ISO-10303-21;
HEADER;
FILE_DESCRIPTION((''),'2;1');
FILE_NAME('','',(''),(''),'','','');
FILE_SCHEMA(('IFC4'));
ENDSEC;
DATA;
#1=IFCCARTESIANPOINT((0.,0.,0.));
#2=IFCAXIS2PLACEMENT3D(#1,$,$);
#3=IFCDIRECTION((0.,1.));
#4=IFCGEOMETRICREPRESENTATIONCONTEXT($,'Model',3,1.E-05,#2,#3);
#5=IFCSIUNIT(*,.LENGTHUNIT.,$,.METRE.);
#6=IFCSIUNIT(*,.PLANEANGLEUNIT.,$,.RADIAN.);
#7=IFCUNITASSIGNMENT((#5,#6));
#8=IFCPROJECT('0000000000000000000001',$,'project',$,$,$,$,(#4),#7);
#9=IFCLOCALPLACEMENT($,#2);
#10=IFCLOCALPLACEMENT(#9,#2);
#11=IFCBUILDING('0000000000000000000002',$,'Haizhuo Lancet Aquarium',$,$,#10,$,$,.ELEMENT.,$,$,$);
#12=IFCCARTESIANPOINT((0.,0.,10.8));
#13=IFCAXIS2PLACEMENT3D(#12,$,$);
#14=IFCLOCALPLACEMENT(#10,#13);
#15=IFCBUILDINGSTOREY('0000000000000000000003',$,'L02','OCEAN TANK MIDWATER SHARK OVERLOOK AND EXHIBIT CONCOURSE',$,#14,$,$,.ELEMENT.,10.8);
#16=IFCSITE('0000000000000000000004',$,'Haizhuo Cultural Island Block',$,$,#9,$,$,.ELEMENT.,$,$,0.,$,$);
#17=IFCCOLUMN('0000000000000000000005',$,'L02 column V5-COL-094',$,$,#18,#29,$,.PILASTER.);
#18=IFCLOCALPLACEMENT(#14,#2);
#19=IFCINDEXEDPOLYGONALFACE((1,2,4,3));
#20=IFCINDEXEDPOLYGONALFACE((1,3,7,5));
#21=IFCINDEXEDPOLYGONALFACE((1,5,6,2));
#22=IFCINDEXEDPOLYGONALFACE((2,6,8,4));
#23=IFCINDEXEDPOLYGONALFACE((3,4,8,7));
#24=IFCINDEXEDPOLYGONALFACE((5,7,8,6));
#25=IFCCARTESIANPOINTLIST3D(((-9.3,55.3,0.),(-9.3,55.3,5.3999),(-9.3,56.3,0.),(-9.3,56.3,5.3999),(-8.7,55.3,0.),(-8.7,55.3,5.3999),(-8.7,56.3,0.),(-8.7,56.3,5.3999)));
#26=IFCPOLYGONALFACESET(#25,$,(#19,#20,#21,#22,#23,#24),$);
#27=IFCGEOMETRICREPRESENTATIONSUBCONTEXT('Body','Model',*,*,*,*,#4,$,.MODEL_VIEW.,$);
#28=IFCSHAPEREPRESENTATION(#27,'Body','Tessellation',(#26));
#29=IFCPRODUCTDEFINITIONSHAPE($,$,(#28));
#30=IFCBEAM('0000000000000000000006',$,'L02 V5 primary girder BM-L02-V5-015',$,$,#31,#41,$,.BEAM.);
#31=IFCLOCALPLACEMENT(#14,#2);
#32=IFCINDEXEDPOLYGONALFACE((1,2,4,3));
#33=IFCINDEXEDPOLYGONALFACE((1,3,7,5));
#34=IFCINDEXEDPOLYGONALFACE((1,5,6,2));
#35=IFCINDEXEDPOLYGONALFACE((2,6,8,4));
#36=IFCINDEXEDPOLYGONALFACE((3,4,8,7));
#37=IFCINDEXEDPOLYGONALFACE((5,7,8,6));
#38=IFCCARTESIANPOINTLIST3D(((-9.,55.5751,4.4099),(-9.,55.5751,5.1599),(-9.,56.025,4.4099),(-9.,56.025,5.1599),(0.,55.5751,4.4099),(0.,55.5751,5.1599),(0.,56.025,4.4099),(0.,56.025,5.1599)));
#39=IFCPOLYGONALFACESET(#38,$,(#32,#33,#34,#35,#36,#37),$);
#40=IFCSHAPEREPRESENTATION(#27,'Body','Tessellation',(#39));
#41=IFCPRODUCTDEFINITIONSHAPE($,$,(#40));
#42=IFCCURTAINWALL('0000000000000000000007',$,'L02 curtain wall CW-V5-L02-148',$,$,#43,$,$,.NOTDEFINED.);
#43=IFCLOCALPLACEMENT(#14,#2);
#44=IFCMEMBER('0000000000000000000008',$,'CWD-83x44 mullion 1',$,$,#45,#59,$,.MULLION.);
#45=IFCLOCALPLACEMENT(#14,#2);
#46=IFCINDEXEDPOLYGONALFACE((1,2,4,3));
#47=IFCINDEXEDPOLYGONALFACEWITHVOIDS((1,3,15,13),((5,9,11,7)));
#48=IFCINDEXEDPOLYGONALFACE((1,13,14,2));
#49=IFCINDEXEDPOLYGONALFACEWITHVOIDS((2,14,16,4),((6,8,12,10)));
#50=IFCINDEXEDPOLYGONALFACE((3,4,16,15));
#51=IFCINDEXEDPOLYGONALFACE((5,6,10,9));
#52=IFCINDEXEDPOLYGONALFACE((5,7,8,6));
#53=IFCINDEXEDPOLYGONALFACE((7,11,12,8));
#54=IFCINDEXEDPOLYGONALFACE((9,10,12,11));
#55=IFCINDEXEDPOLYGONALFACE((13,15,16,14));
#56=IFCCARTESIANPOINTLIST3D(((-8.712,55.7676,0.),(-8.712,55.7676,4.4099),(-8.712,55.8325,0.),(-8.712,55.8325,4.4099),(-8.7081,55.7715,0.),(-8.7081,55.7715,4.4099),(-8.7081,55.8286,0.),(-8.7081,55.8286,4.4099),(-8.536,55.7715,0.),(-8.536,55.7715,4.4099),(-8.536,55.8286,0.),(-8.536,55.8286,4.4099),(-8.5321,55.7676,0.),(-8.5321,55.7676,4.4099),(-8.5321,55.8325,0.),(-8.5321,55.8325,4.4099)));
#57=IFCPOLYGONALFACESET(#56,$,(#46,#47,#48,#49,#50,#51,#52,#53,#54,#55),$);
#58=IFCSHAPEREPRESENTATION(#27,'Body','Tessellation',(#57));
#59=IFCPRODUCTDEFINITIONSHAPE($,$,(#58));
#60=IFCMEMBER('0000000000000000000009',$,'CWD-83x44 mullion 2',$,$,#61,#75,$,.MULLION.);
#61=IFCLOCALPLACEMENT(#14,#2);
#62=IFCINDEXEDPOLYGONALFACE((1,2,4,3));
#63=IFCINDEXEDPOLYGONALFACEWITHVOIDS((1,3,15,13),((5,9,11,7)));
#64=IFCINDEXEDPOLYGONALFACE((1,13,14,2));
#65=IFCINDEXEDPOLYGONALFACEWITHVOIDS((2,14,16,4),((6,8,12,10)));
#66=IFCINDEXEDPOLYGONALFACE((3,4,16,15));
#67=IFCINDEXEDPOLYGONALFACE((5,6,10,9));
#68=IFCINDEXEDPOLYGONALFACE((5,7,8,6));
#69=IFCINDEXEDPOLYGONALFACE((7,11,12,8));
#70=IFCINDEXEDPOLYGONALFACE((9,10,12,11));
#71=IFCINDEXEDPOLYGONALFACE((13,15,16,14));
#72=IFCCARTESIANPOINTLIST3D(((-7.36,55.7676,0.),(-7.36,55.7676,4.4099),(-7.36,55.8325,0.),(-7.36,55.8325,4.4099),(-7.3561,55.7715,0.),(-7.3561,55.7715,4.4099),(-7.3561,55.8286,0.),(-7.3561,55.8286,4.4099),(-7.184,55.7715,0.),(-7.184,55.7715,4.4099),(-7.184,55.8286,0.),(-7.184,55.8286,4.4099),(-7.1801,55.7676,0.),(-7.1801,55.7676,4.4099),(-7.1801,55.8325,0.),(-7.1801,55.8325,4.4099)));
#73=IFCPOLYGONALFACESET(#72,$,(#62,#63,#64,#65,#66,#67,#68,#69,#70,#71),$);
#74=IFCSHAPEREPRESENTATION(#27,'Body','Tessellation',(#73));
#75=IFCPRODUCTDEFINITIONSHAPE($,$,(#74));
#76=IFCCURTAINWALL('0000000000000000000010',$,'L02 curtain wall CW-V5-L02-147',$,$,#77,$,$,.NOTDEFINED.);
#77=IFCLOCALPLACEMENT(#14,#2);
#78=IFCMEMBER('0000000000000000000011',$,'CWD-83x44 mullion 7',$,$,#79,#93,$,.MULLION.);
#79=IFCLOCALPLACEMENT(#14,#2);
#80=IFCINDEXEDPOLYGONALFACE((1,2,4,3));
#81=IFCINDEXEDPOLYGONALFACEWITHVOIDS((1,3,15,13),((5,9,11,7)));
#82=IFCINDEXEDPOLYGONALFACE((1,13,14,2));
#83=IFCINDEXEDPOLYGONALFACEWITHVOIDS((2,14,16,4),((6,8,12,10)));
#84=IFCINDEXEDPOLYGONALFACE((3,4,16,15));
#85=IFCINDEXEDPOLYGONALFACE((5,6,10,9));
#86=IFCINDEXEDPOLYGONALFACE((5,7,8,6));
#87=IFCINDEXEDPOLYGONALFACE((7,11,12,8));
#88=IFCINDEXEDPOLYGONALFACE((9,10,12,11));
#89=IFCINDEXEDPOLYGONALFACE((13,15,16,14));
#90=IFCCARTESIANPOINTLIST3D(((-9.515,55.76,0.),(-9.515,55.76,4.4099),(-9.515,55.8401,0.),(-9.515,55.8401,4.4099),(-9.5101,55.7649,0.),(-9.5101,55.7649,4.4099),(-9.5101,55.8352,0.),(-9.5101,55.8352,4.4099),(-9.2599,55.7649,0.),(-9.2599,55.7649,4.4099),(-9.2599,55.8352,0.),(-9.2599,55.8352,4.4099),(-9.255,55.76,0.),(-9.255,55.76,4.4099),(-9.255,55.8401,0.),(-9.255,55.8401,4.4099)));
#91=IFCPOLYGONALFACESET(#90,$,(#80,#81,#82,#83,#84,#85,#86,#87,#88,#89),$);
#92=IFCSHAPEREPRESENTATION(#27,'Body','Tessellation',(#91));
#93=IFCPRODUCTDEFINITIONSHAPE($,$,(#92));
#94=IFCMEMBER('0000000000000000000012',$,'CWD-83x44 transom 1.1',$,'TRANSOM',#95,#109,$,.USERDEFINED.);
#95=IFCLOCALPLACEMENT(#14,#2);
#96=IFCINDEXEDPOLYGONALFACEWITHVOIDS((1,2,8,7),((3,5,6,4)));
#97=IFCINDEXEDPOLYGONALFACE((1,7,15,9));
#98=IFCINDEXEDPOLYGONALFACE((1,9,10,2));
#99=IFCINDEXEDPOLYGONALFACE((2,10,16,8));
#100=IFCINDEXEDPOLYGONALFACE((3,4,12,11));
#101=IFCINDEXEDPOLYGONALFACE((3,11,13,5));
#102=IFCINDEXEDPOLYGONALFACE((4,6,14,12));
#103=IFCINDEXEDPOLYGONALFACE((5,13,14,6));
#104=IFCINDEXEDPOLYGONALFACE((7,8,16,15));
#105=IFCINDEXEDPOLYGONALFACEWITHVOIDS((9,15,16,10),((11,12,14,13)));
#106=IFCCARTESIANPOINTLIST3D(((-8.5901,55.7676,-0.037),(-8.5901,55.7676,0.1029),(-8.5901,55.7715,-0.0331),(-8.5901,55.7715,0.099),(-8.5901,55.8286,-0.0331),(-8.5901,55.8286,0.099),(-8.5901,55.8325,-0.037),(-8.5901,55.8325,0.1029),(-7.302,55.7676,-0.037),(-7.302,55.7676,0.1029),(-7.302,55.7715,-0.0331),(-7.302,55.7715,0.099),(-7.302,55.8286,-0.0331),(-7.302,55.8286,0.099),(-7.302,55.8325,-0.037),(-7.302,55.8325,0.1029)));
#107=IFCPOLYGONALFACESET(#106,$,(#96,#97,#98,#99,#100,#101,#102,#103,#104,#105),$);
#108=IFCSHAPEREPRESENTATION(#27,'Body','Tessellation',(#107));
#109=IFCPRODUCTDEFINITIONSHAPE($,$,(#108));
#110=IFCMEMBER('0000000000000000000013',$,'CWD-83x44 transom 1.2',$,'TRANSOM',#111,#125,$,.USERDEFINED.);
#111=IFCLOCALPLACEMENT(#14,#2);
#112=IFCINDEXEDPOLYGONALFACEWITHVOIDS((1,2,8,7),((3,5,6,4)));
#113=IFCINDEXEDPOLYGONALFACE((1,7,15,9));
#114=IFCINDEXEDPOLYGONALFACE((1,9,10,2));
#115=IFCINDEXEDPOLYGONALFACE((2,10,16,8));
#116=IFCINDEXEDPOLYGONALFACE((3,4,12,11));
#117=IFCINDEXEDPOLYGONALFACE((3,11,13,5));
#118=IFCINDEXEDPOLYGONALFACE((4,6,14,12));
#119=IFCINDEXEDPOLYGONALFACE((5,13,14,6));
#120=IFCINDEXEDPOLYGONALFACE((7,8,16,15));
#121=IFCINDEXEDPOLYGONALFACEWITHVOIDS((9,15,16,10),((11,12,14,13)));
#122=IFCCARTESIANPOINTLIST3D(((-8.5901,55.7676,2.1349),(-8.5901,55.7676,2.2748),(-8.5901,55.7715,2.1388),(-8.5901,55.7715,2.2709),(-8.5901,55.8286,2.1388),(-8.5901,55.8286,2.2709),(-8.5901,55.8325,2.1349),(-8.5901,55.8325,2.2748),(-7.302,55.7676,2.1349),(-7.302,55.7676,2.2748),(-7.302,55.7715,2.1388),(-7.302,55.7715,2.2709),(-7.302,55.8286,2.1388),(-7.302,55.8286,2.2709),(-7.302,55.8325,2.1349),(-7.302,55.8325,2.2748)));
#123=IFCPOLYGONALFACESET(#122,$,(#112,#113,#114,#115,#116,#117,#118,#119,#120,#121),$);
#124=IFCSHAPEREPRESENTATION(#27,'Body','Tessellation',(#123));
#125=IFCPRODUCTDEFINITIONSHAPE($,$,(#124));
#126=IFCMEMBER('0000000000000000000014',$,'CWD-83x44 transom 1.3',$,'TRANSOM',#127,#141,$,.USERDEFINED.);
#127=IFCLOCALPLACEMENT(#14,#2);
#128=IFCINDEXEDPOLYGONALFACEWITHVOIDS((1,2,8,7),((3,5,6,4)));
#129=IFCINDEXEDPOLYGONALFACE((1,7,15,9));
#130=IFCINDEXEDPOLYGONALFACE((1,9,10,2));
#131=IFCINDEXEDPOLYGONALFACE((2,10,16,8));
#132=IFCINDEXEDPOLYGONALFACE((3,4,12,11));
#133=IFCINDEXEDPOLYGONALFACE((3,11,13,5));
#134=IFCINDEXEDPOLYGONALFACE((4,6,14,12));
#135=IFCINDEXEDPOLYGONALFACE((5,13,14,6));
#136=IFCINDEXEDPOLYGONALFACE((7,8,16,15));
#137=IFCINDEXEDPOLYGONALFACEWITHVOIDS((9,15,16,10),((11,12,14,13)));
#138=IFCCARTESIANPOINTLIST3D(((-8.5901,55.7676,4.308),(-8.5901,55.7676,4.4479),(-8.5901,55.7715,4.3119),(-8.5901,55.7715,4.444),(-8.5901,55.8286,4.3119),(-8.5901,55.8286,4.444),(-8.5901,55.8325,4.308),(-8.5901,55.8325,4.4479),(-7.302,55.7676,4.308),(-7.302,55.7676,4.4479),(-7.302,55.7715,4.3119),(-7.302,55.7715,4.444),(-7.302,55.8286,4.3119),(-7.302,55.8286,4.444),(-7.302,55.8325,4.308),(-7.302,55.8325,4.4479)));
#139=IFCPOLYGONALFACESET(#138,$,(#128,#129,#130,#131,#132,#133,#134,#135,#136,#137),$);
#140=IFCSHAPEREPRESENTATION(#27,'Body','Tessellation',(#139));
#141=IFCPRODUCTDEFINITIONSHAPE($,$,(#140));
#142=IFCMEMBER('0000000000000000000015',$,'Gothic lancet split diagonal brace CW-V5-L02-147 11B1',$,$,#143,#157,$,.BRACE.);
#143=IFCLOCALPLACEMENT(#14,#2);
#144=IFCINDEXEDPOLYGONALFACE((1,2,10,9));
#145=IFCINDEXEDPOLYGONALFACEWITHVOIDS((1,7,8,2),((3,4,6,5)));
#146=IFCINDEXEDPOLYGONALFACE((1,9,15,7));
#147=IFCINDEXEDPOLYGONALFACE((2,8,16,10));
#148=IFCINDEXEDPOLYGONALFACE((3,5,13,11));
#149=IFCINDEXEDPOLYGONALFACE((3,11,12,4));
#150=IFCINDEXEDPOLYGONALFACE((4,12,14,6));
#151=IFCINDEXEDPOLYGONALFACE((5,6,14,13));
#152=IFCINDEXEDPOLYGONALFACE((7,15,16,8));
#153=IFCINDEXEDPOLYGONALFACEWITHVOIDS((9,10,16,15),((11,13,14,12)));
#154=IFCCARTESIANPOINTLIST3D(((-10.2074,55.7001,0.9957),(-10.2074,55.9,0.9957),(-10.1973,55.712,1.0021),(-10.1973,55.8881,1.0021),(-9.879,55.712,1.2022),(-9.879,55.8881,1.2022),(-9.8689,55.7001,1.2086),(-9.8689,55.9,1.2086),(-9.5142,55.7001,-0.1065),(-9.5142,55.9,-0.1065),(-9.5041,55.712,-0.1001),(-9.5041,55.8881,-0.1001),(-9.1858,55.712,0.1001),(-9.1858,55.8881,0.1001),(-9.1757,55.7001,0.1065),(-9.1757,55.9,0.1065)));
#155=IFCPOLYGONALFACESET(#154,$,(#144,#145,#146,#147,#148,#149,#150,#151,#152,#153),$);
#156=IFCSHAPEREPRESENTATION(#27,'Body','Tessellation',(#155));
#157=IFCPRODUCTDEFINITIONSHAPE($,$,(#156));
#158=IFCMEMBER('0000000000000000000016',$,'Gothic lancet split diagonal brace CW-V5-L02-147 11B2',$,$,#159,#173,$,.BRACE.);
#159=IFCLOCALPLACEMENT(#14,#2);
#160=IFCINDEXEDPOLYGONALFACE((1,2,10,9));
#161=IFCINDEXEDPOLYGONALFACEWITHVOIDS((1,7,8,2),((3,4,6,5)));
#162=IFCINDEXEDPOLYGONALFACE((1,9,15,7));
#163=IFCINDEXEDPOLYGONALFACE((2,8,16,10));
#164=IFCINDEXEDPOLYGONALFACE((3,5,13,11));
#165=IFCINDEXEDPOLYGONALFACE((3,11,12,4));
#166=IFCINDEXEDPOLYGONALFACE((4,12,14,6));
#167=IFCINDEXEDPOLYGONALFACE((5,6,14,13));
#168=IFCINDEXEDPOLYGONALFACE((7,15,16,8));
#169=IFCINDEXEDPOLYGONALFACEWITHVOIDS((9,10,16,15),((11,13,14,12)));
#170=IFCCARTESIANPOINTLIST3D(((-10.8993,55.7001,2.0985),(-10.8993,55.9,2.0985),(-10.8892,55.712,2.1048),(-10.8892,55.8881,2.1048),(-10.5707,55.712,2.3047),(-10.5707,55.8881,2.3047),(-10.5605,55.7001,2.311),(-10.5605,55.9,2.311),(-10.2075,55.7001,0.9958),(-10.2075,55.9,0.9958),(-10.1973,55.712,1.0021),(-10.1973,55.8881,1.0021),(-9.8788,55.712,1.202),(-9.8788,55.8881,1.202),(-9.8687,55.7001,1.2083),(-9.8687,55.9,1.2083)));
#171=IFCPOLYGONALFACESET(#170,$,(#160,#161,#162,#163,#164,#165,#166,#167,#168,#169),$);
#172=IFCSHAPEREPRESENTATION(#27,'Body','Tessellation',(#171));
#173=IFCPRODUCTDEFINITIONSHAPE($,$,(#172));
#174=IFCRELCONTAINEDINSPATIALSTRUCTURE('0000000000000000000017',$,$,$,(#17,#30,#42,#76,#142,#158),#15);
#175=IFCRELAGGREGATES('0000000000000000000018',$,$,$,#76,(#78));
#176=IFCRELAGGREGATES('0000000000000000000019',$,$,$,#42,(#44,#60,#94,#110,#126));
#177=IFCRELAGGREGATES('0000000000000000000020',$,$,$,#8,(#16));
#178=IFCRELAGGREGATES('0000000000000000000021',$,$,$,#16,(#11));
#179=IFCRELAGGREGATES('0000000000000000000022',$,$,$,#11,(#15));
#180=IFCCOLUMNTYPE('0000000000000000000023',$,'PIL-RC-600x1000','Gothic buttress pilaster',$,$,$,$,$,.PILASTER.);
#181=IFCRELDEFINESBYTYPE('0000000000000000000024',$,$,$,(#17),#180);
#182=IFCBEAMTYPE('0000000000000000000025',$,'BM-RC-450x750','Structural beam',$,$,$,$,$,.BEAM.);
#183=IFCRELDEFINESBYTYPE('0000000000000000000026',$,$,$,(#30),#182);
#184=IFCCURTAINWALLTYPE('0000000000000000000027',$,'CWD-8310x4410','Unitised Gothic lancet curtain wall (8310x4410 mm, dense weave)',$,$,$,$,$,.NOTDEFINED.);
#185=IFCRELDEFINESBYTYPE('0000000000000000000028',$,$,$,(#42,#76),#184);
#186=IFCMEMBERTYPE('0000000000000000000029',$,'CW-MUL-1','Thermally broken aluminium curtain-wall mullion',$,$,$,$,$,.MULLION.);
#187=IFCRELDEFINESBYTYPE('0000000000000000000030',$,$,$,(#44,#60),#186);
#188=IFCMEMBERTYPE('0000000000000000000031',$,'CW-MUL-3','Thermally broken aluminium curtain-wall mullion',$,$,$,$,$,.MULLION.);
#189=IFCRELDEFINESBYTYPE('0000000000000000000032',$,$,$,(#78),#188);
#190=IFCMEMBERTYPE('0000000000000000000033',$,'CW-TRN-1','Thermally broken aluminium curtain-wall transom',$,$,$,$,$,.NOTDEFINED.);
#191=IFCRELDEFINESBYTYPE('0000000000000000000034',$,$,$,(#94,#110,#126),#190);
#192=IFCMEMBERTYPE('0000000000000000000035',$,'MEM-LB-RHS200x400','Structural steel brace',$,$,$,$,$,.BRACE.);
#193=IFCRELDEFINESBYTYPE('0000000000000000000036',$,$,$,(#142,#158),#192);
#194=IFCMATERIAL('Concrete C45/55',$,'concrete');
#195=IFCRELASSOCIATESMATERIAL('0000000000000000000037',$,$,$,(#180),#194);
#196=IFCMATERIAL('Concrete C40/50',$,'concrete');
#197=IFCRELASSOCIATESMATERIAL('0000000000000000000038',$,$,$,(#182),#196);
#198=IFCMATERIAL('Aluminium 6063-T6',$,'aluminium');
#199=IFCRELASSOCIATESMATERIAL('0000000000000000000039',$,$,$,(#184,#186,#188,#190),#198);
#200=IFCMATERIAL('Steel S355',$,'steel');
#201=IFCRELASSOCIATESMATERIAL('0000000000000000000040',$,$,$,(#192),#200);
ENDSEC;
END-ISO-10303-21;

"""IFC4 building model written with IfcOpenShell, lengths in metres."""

from ifc_helpers import new_model, si_unit, direction, frame, origin, origin_2d, place, context, subcontext, project, spatial, rectangle, hollow_rectangle, extrude, material, material_profile, profile_set, type_object, element, aggregate, save


model = new_model("IFC4")

# Units and contexts
model_context = context("Model", 3, precision=1e-05, world=origin(), true_north=direction((0.0, 1.0)))
body_context = subcontext(model_context, "Body", "Model", "MODEL_VIEW")
ifc_project = project(units=[si_unit("LENGTHUNIT", "METRE"), si_unit("PLANEANGLEUNIT", "RADIAN")], contexts=[model_context])

# Site, building, storey
site_placement = place(None, origin())
site = spatial("IfcSite", under=ifc_project, at=site_placement, Name="Haizhuo Cultural Island Block", CompositionType="ELEMENT", RefElevation=0.0)
building_placement = place(site_placement, origin())
building = spatial("IfcBuilding", under=site, at=building_placement, Name="Haizhuo Lancet Aquarium", CompositionType="ELEMENT")
storey_placement = place(building_placement, frame((0.0, 0.0, 10.8)))
storey = spatial("IfcBuildingStorey", under=building, at=storey_placement, Name="L02", Description="OCEAN TANK MIDWATER SHARK OVERLOOK AND EXHIBIT CONCOURSE", CompositionType="ELEMENT", Elevation=10.8)

# Column
ifc_material_1 = material(Name="Concrete C45/55", Category="concrete")
ifc_material_profile_1 = material_profile(ifc_material_1, rectangle(XDim=0.6001, YDim=1.0, at=origin_2d()), Name="RC-PIL 600x1000")
ifc_profile_set_1 = profile_set([ifc_material_profile_1], Name="Concrete C45/55")
column_type = type_object("IfcColumnType", Name="PIL-RC-600x1000", Description="Gothic buttress pilaster", PredefinedType="PILASTER", material=ifc_profile_set_1)
column_placement = place(storey_placement, frame((-9.0, 55.8, 0.0), z_axis=(0.0, 0.0, 1.0), x_axis=(1.0, 0.0, 0.0)))
element("IfcColumn", 1, at=column_placement, inside=storey, type_object=column_type, Name="L02 column V5-COL-094", PredefinedType="PILASTER", context=body_context, shape_type="SweptSolid", body=[
    extrude(rectangle(XDim=0.6001, YDim=1.0, at=origin_2d()), origin(), (0.0, 0.0, 1.0), 5.3999),
])

# Beam
ifc_material_2 = material(Name="Concrete C40/50", Category="concrete")
ifc_material_profile_2 = material_profile(ifc_material_2, rectangle(XDim=0.45, YDim=0.75, at=origin_2d()), Name="RC-BM 450x750")
ifc_profile_set_2 = profile_set([ifc_material_profile_2], Name="Concrete C40/50")
beam_type = type_object("IfcBeamType", Name="BM-RC-450x750", Description="Structural beam", PredefinedType="BEAM", material=ifc_profile_set_2)
beam_placement = place(storey_placement, frame((-9.0, 55.8, 4.7849), z_axis=(1.0, 0.0, 0.0), x_axis=(0.0, 1.0, 0.0)))
element("IfcBeam", 2, at=beam_placement, inside=storey, type_object=beam_type, Name="L02 V5 primary girder BM-L02-V5-015", PredefinedType="BEAM", context=body_context, shape_type="SweptSolid", body=[
    extrude(rectangle(XDim=0.45, YDim=0.75, at=origin_2d()), origin(), (0.0, 0.0, 1.0), 9.0),
])

# Curtain wall, members
ifc_material_3 = material(Name="Aluminium 6063-T6", Category="aluminium")
curtain_wall_type = type_object("IfcCurtainWallType", Name="CWD-8310x4410", Description="Unitised Gothic lancet curtain wall (8310x4410 mm, dense weave)", PredefinedType="NOTDEFINED", material=ifc_material_3)
curtain_wall_1_placement = place(storey_placement, origin())
curtain_wall_1 = element("IfcCurtainWall", 3, at=curtain_wall_1_placement, inside=storey, type_object=curtain_wall_type, Name="L02 curtain wall CW-V5-L02-148", PredefinedType="NOTDEFINED")
ifc_material_profile_3 = material_profile(ifc_material_3, hollow_rectangle(XDim=0.0649, YDim=0.1799, WallThickness=0.0039, at=origin_2d()), Name="ALU-M 65x180x4")
ifc_profile_set_3 = profile_set([ifc_material_profile_3], Name="Aluminium 6063-T6")
member_type_1 = type_object("IfcMemberType", Name="CW-MUL-1", Description="Thermally broken aluminium curtain-wall mullion", PredefinedType="MULLION", material=ifc_profile_set_3)
member_1_placement = place(storey_placement, frame((-8.6221, 55.8, 0.0), z_axis=(0.0, 0.0, 1.0), x_axis=(0.0, 1.0, 0.0)))
member_1 = element("IfcMember", 4, at=member_1_placement, type_object=member_type_1, Name="CWD-83x44 mullion 1", PredefinedType="MULLION", context=body_context, shape_type="SweptSolid", body=[
    extrude(hollow_rectangle(XDim=0.0649, YDim=0.1799, WallThickness=0.0039, at=origin_2d()), origin(), (0.0, 0.0, 1.0), 4.4099),
])
member_2_placement = place(storey_placement, frame((-7.27, 55.8, 0.0), z_axis=(0.0, 0.0, 1.0), x_axis=(0.0, 1.0, 0.0)))
member_2 = element("IfcMember", 5, at=member_2_placement, type_object=member_type_1, Name="CWD-83x44 mullion 2", PredefinedType="MULLION", context=body_context, shape_type="SweptSolid", body=[
    extrude(hollow_rectangle(XDim=0.0649, YDim=0.1799, WallThickness=0.0039, at=origin_2d()), origin(), (0.0, 0.0, 1.0), 4.4099),
])

# Curtain wall, member
curtain_wall_2_placement = place(storey_placement, origin())
curtain_wall_2 = element("IfcCurtainWall", 6, at=curtain_wall_2_placement, inside=storey, type_object=curtain_wall_type, Name="L02 curtain wall CW-V5-L02-147", PredefinedType="NOTDEFINED")
ifc_material_profile_4 = material_profile(ifc_material_3, hollow_rectangle(XDim=0.0801, YDim=0.26, WallThickness=0.0049, at=origin_2d()), Name="ALU-M 80x260x5")
ifc_profile_set_4 = profile_set([ifc_material_profile_4], Name="Aluminium 6063-T6")
member_type_2 = type_object("IfcMemberType", Name="CW-MUL-3", Description="Thermally broken aluminium curtain-wall mullion", PredefinedType="MULLION", material=ifc_profile_set_4)
member_3_placement = place(storey_placement, frame((-9.385, 55.8, 0.0), z_axis=(0.0, 0.0, 1.0), x_axis=(0.0, 1.0, 0.0)))
member_3 = element("IfcMember", 7, at=member_3_placement, type_object=member_type_2, Name="CWD-83x44 mullion 7", PredefinedType="MULLION", context=body_context, shape_type="SweptSolid", body=[
    extrude(hollow_rectangle(XDim=0.0801, YDim=0.26, WallThickness=0.0049, at=origin_2d()), origin(), (0.0, 0.0, 1.0), 4.4099),
])

# Members
ifc_material_profile_5 = material_profile(ifc_material_3, hollow_rectangle(XDim=0.0649, YDim=0.1399, WallThickness=0.0039, at=origin_2d()), Name="ALU-T 65x140x4")
ifc_profile_set_5 = profile_set([ifc_material_profile_5], Name="Aluminium 6063-T6")
member_type_3 = type_object("IfcMemberType", Name="CW-TRN-1", Description="Thermally broken aluminium curtain-wall transom", PredefinedType="NOTDEFINED", material=ifc_profile_set_5)
member_4_placement = place(storey_placement, frame((-8.5901, 55.8, 0.033), z_axis=(1.0, 0.0, 0.0), x_axis=(0.0, 1.0, 0.0)))
member_4 = element("IfcMember", 8, at=member_4_placement, type_object=member_type_3, Name="CWD-83x44 transom 1.1", ObjectType="TRANSOM", PredefinedType="USERDEFINED", context=body_context, shape_type="SweptSolid", body=[
    extrude(hollow_rectangle(XDim=0.0649, YDim=0.1399, WallThickness=0.0039, at=origin_2d()), origin(), (0.0, 0.0, 1.0), 1.2881),
])
member_5_placement = place(storey_placement, frame((-8.5901, 55.8, 2.2048), z_axis=(1.0, 0.0, 0.0), x_axis=(0.0, 1.0, 0.0)))
member_5 = element("IfcMember", 9, at=member_5_placement, type_object=member_type_3, Name="CWD-83x44 transom 1.2", ObjectType="TRANSOM", PredefinedType="USERDEFINED", context=body_context, shape_type="SweptSolid", body=[
    extrude(hollow_rectangle(XDim=0.0649, YDim=0.1399, WallThickness=0.0039, at=origin_2d()), origin(), (0.0, 0.0, 1.0), 1.2881),
])
member_6_placement = place(storey_placement, frame((-8.5901, 55.8, 4.3779), z_axis=(1.0, 0.0, 0.0), x_axis=(0.0, 1.0, 0.0)))
member_6 = element("IfcMember", 10, at=member_6_placement, type_object=member_type_3, Name="CWD-83x44 transom 1.3", ObjectType="TRANSOM", PredefinedType="USERDEFINED", context=body_context, shape_type="SweptSolid", body=[
    extrude(hollow_rectangle(XDim=0.0649, YDim=0.1399, WallThickness=0.0039, at=origin_2d()), origin(), (0.0, 0.0, 1.0), 1.2881),
])

# Members
ifc_material_4 = material(Name="Steel S355", Category="steel")
ifc_material_profile_6 = material_profile(ifc_material_4, hollow_rectangle(XDim=0.2, YDim=0.3999, WallThickness=0.012, at=origin_2d()), Name="RHS 200x400x12")
ifc_profile_set_6 = profile_set([ifc_material_profile_6], Name="Steel S355")
member_type_4 = type_object("IfcMemberType", Name="MEM-LB-RHS200x400", Description="Structural steel brace", PredefinedType="BRACE", material=ifc_profile_set_6)
member_7_placement = place(storey_placement, frame((-9.345, 55.8, 0.0), z_axis=(-0.53239, 0.0, 0.846499), x_axis=(0.0, -1.0, 0.0)))
element("IfcMember", 11, at=member_7_placement, inside=storey, type_object=member_type_4, Name="Gothic lancet split diagonal brace CW-V5-L02-147 11B1", PredefinedType="BRACE", context=body_context, shape_type="SweptSolid", body=[
    extrude(hollow_rectangle(XDim=0.2, YDim=0.3999, WallThickness=0.012, at=origin_2d()), origin(), (0.0, 0.0, 1.0), 1.302),
])
member_8_placement = place(storey_placement, frame((-10.0381, 55.8, 1.1021), z_axis=(-0.531465, 0.0, 0.84708), x_axis=(0.0, -1.0, 0.0)))
element("IfcMember", 12, at=member_8_placement, inside=storey, type_object=member_type_4, Name="Gothic lancet split diagonal brace CW-V5-L02-147 11B2", PredefinedType="BRACE", context=body_context, shape_type="SweptSolid", body=[
    extrude(hollow_rectangle(XDim=0.2, YDim=0.3999, WallThickness=0.012, at=origin_2d()), origin(), (0.0, 0.0, 1.0), 1.3018),
])

aggregate(curtain_wall_2, [member_3])
aggregate(curtain_wall_1, [member_1, member_2, member_4, member_5, member_6])

save(model, "model.ifc")
